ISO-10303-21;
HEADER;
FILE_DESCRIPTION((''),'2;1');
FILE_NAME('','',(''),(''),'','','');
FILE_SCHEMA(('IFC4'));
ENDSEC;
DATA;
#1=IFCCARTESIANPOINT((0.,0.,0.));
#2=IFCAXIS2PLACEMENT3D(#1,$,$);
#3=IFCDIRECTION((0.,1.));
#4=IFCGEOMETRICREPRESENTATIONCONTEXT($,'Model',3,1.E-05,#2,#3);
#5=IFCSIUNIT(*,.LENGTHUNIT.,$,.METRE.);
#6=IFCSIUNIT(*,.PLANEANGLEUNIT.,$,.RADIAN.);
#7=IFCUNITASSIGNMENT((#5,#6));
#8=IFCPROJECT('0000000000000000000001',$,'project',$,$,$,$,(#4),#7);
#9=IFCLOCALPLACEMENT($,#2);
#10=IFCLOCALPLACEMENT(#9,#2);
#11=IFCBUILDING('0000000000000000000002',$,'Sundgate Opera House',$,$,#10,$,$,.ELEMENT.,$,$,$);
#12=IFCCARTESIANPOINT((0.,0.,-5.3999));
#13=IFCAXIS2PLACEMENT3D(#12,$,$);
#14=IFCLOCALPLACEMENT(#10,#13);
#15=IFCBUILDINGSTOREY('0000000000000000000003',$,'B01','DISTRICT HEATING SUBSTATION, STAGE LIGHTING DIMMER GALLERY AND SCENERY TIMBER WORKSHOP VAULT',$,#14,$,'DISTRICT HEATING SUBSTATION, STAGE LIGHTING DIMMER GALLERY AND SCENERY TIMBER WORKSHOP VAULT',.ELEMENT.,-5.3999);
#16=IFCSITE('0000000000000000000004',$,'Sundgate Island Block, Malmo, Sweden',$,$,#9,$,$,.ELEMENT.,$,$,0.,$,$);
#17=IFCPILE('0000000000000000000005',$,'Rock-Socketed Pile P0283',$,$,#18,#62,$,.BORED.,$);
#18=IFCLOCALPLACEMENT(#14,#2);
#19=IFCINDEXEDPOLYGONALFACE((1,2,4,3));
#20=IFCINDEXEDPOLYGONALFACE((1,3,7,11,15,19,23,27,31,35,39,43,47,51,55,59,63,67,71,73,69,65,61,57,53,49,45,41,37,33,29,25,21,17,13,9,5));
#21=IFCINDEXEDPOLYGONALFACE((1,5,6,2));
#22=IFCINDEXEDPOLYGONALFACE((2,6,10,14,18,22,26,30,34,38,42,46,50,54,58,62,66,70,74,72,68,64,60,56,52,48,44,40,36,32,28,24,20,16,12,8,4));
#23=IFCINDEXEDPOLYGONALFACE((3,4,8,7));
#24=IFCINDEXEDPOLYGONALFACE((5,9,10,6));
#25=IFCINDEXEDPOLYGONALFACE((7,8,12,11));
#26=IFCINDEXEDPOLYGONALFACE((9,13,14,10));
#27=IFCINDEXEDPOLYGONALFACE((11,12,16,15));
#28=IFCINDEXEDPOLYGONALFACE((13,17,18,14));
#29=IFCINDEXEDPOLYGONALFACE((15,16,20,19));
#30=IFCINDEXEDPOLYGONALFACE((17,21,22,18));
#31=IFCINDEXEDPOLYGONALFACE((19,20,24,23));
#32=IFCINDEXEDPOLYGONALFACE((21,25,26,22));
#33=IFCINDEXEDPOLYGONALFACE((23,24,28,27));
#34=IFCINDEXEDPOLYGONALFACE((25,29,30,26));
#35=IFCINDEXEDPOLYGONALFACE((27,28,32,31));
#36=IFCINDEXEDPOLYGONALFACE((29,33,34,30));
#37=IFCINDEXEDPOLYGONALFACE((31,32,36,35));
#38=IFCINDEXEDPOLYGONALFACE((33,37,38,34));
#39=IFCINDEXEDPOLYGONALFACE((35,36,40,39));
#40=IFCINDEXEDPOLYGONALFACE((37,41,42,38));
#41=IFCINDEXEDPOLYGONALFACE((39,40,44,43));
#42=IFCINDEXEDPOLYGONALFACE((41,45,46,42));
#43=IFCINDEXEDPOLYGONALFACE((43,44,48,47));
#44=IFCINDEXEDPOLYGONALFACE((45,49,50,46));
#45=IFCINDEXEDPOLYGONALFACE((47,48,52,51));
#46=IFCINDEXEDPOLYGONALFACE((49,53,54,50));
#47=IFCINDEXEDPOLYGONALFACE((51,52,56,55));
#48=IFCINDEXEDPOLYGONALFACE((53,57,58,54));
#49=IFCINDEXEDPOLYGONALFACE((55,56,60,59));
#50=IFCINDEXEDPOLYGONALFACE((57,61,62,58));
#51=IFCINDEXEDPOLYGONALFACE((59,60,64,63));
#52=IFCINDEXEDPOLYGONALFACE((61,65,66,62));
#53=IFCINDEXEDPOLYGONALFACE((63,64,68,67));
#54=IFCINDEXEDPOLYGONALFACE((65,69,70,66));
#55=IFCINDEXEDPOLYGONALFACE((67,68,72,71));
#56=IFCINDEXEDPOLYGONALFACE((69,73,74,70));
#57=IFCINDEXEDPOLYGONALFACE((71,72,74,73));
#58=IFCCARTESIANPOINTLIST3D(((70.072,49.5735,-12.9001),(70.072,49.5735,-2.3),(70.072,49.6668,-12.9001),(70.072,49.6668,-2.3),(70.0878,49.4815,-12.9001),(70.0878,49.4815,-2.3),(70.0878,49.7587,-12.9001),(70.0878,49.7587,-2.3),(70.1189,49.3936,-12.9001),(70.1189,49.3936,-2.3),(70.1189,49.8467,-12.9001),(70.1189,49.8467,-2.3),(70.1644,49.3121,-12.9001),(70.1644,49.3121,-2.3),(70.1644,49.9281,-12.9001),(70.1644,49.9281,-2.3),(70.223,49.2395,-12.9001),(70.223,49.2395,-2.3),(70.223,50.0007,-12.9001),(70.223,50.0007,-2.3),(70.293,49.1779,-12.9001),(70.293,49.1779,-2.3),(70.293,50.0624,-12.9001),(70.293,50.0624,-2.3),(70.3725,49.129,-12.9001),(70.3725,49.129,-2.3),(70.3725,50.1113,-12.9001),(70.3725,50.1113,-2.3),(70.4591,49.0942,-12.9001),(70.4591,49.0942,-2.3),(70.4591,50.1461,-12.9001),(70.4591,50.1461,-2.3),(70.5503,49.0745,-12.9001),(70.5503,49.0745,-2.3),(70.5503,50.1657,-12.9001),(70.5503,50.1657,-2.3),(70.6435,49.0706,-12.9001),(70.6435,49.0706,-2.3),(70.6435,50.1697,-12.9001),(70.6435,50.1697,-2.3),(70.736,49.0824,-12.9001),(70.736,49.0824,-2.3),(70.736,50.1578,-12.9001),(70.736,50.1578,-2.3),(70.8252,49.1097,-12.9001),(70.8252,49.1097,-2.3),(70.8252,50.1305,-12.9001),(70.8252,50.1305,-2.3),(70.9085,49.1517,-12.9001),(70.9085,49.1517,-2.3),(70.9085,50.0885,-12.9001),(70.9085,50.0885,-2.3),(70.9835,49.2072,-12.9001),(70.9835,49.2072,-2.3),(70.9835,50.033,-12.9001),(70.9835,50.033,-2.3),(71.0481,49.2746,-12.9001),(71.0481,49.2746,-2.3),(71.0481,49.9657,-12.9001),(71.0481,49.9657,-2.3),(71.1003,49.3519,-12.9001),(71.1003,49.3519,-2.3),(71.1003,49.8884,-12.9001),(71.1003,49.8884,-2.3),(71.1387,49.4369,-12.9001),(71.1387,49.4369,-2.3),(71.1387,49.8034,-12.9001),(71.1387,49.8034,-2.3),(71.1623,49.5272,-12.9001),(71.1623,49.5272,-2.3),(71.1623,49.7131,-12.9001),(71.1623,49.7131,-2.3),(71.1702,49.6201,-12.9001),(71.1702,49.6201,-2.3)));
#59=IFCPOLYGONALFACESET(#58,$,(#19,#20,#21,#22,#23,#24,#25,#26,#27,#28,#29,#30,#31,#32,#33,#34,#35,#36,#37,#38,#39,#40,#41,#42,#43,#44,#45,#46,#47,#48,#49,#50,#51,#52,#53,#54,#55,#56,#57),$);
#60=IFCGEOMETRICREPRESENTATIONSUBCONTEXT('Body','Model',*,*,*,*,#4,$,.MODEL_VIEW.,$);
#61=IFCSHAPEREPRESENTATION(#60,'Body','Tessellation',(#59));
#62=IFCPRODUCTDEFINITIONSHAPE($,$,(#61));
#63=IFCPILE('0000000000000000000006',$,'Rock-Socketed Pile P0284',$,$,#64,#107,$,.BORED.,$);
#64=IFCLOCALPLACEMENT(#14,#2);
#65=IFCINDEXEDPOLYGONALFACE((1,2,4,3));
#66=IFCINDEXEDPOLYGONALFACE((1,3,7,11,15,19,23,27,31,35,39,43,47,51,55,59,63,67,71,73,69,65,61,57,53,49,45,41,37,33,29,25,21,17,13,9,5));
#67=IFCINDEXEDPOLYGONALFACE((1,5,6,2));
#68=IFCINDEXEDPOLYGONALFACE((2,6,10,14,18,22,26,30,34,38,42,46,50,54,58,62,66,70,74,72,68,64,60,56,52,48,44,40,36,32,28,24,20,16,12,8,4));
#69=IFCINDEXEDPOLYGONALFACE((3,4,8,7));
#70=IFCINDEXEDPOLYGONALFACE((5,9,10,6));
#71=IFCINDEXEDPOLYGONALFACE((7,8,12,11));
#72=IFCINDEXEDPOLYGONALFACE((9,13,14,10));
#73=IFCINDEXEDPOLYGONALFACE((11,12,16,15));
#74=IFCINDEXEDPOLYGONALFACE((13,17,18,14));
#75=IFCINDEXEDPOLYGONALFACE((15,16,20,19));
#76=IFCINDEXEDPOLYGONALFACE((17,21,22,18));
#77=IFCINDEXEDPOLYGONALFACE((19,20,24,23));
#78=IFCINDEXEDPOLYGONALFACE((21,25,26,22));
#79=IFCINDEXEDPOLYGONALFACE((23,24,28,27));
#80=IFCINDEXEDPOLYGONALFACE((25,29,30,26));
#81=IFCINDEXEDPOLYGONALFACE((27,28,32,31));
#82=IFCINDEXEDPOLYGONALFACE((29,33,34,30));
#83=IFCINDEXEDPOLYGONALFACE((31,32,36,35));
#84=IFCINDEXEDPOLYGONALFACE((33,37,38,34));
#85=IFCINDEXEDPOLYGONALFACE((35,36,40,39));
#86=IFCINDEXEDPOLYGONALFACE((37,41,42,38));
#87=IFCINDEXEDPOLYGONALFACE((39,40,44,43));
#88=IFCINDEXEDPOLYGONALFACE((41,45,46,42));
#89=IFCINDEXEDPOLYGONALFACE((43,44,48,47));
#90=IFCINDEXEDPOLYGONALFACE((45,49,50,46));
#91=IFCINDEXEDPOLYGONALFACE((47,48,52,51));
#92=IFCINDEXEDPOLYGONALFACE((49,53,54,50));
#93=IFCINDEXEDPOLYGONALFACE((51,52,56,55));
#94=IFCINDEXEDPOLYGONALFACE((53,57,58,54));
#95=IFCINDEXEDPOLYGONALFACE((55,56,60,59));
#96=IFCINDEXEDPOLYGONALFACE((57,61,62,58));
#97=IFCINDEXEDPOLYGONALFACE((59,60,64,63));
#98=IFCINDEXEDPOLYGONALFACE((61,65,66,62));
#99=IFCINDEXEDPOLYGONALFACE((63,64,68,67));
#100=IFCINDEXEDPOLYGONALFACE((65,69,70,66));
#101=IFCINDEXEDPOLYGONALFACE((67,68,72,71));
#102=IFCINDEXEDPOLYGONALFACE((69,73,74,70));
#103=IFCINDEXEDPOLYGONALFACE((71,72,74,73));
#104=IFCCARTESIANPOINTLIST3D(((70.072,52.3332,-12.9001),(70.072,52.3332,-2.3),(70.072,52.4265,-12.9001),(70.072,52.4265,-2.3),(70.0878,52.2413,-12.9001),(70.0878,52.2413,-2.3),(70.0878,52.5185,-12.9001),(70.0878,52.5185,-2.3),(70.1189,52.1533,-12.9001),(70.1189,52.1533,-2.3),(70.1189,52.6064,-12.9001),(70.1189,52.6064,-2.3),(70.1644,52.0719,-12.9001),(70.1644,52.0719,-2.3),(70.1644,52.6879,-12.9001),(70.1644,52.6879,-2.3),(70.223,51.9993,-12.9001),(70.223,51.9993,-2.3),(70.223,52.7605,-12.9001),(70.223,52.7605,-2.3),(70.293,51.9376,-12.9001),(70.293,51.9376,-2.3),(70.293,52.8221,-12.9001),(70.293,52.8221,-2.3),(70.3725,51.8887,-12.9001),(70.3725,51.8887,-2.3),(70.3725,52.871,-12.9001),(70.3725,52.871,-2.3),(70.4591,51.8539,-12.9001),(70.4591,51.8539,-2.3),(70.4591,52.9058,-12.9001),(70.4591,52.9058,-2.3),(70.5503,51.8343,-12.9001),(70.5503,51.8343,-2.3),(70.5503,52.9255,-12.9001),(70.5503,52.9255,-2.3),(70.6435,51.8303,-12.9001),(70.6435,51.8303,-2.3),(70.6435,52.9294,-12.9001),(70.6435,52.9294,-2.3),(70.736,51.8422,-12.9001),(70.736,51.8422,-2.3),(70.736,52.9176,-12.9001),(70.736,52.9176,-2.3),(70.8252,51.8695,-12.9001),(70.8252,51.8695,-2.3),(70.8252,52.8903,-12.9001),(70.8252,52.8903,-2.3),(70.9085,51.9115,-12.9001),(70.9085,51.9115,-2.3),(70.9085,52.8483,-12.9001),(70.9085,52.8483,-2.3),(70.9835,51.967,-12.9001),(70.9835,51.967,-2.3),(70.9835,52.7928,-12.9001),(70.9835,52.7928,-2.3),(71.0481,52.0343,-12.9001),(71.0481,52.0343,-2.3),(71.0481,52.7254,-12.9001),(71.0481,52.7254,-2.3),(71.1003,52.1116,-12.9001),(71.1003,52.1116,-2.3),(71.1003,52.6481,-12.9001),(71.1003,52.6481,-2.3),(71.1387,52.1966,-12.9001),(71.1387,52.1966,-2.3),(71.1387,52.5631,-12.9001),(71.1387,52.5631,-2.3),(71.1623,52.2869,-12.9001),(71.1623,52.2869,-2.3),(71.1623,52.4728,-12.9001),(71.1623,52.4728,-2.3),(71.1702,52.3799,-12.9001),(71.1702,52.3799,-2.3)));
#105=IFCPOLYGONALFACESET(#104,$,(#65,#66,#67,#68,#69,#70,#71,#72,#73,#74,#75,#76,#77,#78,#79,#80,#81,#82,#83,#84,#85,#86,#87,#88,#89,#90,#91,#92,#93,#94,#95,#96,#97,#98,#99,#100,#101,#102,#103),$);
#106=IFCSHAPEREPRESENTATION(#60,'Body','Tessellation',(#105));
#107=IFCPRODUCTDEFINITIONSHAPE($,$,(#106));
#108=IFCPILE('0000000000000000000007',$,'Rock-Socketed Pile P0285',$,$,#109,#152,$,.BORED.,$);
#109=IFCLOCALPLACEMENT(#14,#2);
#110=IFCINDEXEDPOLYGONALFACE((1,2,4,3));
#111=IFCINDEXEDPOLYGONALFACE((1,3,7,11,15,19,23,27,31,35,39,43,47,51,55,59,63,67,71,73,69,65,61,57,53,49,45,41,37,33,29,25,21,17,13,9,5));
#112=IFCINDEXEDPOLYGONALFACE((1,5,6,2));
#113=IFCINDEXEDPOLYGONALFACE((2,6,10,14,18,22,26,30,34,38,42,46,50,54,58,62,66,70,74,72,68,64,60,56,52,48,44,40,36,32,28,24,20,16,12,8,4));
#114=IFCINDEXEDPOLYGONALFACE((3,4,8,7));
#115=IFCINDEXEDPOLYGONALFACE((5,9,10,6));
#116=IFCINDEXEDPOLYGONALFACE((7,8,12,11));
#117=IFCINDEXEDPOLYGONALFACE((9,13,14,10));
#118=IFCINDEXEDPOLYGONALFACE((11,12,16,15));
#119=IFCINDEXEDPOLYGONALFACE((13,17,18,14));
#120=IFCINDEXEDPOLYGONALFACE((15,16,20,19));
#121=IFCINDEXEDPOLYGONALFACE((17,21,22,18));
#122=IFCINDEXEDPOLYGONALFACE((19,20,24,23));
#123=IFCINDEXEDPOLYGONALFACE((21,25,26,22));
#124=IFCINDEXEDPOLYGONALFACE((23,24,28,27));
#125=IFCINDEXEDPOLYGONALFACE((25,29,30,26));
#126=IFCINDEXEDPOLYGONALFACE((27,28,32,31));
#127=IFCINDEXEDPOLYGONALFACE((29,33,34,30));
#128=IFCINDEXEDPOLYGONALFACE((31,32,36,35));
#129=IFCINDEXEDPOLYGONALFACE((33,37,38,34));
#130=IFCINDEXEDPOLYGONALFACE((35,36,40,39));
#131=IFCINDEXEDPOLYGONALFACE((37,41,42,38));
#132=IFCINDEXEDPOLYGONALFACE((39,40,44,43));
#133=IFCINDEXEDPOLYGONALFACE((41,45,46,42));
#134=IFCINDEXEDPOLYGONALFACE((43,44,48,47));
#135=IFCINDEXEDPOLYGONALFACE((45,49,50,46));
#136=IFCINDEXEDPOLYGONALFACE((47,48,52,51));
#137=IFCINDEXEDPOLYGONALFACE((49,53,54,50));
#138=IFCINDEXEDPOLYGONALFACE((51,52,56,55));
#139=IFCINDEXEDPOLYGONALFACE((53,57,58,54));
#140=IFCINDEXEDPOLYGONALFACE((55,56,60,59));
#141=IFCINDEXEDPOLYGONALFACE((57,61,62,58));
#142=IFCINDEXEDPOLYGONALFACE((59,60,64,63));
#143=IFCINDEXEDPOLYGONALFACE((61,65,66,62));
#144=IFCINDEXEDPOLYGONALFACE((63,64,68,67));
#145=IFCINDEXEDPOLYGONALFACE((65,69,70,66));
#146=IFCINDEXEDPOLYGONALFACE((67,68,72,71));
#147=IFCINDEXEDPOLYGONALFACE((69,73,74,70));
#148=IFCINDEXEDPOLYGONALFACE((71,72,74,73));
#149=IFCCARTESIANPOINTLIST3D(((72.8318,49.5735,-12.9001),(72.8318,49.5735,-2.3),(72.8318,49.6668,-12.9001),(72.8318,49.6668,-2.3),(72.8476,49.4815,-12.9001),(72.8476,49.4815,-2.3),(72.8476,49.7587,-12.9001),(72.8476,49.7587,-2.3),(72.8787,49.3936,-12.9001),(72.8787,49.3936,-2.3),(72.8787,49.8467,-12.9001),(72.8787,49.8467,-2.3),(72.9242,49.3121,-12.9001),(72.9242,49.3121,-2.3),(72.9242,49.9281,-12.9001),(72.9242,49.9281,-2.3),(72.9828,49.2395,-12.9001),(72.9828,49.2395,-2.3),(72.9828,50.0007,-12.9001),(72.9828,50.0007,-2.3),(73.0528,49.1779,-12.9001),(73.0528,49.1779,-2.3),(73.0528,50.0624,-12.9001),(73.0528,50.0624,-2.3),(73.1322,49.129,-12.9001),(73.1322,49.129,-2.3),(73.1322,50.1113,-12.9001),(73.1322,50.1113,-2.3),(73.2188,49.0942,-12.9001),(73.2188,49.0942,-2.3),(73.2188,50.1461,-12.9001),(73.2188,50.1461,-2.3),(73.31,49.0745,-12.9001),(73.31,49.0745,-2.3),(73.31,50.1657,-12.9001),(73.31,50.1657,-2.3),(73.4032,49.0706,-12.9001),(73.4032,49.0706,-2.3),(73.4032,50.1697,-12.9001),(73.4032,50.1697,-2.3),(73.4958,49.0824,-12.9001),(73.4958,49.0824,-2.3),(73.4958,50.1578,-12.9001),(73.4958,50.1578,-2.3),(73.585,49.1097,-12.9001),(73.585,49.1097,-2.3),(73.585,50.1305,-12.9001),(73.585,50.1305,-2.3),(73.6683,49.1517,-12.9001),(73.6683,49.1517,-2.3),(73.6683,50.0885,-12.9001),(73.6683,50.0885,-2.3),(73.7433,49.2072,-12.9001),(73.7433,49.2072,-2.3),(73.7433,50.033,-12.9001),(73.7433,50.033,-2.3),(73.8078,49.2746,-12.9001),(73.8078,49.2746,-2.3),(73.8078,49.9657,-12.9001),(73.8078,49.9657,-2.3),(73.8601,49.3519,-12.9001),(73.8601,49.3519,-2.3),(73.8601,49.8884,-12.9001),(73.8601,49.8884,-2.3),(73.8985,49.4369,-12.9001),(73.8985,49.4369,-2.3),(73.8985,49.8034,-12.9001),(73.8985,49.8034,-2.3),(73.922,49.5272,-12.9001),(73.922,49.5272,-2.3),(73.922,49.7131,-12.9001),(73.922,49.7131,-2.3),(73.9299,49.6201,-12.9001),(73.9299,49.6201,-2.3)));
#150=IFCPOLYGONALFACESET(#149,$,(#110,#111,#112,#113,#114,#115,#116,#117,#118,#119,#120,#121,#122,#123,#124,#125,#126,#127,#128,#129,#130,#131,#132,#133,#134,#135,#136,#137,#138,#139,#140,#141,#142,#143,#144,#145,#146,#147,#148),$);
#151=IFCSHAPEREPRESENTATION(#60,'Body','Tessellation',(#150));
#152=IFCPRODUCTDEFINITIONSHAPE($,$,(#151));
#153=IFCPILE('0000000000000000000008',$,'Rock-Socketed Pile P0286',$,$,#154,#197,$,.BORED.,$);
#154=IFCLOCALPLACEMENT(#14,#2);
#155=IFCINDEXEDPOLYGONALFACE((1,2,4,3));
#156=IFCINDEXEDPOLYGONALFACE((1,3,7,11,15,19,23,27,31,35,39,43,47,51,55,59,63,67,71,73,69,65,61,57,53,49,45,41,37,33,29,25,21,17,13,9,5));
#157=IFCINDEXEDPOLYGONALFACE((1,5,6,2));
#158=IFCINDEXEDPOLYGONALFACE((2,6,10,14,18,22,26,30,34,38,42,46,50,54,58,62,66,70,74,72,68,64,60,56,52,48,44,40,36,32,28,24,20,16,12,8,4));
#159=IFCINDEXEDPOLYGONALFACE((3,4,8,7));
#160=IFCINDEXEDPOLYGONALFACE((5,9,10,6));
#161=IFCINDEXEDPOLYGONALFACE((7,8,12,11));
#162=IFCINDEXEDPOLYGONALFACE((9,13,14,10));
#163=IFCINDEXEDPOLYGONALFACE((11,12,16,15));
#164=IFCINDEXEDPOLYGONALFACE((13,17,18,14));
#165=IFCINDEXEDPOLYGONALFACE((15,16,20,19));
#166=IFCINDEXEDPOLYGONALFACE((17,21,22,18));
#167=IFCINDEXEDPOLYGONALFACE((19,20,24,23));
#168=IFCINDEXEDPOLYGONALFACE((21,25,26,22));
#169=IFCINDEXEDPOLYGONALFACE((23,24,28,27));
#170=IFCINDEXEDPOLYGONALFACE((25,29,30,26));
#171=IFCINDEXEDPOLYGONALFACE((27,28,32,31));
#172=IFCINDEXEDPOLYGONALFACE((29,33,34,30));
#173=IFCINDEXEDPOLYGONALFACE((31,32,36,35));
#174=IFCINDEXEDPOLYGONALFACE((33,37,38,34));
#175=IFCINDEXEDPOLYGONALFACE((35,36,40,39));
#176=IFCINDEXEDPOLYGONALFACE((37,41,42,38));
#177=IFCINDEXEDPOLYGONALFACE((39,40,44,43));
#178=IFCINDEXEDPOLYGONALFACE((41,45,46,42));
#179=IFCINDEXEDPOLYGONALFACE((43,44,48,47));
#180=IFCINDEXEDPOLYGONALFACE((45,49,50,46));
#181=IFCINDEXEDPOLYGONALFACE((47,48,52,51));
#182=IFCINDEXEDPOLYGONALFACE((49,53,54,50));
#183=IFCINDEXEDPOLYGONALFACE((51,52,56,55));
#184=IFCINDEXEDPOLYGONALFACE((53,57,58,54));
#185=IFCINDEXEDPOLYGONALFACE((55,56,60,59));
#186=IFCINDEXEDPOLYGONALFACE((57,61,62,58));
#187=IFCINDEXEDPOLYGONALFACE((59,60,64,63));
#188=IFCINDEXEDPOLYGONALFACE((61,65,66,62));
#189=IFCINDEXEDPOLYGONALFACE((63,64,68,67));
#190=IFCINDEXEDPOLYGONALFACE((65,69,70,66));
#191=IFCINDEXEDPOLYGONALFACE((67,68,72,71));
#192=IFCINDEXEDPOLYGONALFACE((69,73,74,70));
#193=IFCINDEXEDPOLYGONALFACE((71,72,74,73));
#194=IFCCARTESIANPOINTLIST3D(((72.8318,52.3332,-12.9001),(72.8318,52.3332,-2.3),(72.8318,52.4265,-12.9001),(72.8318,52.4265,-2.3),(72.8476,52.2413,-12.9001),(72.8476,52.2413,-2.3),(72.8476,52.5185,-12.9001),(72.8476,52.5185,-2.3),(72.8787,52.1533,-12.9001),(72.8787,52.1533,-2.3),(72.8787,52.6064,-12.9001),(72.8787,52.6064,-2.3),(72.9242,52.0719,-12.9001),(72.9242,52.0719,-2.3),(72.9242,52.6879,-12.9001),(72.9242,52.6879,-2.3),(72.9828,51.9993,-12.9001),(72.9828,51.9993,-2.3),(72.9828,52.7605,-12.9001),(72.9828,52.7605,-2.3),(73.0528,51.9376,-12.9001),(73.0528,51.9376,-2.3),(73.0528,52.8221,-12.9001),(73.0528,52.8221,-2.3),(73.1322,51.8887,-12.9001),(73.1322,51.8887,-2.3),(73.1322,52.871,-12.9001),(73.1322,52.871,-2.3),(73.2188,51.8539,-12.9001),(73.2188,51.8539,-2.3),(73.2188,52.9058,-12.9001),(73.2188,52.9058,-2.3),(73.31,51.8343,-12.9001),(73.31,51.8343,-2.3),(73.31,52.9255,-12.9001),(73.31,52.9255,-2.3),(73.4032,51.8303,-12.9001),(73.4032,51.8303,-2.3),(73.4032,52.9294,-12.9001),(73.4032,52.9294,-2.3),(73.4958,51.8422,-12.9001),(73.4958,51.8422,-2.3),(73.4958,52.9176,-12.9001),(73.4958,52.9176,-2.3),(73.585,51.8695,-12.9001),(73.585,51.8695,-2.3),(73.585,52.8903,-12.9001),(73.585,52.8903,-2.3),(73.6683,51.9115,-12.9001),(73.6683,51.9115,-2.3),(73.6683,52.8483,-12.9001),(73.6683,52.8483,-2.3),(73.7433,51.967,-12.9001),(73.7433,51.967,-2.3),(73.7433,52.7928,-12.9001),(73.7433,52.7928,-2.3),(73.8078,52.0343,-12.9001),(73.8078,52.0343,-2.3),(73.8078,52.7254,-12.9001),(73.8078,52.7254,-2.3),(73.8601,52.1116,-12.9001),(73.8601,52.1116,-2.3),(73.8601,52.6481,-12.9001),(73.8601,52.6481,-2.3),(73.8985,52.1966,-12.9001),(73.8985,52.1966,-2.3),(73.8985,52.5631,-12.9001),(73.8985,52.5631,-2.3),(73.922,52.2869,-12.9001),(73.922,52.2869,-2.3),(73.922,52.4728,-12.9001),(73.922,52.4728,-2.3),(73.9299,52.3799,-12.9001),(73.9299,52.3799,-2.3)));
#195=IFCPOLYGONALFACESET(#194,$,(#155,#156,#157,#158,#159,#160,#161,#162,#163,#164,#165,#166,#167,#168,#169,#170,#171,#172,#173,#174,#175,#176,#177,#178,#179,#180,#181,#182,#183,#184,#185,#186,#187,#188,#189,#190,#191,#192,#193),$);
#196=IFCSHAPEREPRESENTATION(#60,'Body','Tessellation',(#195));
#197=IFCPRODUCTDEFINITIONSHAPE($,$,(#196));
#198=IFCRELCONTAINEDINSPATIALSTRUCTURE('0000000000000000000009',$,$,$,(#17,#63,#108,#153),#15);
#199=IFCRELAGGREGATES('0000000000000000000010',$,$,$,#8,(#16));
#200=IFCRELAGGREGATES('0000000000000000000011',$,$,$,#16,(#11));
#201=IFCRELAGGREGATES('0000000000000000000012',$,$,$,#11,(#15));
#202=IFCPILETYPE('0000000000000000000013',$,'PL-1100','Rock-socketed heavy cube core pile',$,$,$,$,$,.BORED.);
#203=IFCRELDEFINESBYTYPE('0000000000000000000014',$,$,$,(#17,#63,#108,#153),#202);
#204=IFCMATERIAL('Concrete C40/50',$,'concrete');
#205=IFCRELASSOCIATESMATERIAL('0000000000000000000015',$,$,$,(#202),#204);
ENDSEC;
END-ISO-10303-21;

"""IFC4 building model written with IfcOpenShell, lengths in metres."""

from ifc_helpers import new_model, si_unit, direction, frame, origin, origin_2d, place, context, subcontext, project, spatial, circle, extrude, material, material_profile, profile_set, type_object, element, save


model = new_model("IFC4")

# Units and contexts
model_context = context("Model", 3, precision=1e-05, world=origin(), true_north=direction((0.0, 1.0)))
body_context = subcontext(model_context, "Body", "Model", "MODEL_VIEW")
ifc_project = project(units=[si_unit("LENGTHUNIT", "METRE"), si_unit("PLANEANGLEUNIT", "RADIAN")], contexts=[model_context])

# Site, building, storey
site_placement = place(None, origin())
site = spatial("IfcSite", under=ifc_project, at=site_placement, Name="Sundgate Island Block, Malmo, Sweden", CompositionType="ELEMENT", RefElevation=0.0)
building_placement = place(site_placement, origin())
building = spatial("IfcBuilding", under=site, at=building_placement, Name="Sundgate Opera House", CompositionType="ELEMENT")
storey_placement = place(building_placement, frame((0.0, 0.0, -5.3999)))
storey = spatial("IfcBuildingStorey", under=building, at=storey_placement, Name="B01", Description="DISTRICT HEATING SUBSTATION, STAGE LIGHTING DIMMER GALLERY AND SCENERY TIMBER WORKSHOP VAULT", LongName="DISTRICT HEATING SUBSTATION, STAGE LIGHTING DIMMER GALLERY AND SCENERY TIMBER WORKSHOP VAULT", CompositionType="ELEMENT", Elevation=-5.3999)

# Piles
ifc_material_1 = material(Name="Concrete C40/50", Category="concrete")
ifc_material_profile_1 = material_profile(ifc_material_1, circle(Radius=0.55, at=origin_2d()), Name="PILE D1100")
ifc_profile_set_1 = profile_set([ifc_material_profile_1], Name="Concrete C40/50")
pile_type_1 = type_object("IfcPileType", Name="PL-1100", Description="Rock-socketed heavy cube core pile", PredefinedType="BORED", material=ifc_profile_set_1)
for number, where, z_axis, x_axis, name in (
    (1, (70.6201, 49.6201, -2.3), (0.0, 0.0, -1.0), (1.0, 0.0, 0.0), "Rock-Socketed Pile P0283"),
    (2, (70.6201, 52.3799, -2.3), (0.0, 0.0, -1.0), (1.0, 0.0, 0.0), "Rock-Socketed Pile P0284"),
    (3, (73.3799, 49.6201, -2.3), (0.0, 0.0, -1.0), (1.0, 0.0, 0.0), "Rock-Socketed Pile P0285"),
    (4, (73.3799, 52.3799, -2.3), (0.0, 0.0, -1.0), (1.0, 0.0, 0.0), "Rock-Socketed Pile P0286"),
):
    element("IfcPile", number, at=place(storey_placement, frame(where, z_axis=z_axis, x_axis=x_axis)), inside=storey, type_object=pile_type_1, Name=name, PredefinedType="BORED", context=body_context, shape_type="SweptSolid", body=[
        extrude(circle(Radius=0.55, at=origin_2d()), origin(), (0.0, 0.0, 1.0), 10.6001),
    ])

save(model, "model.ifc")
